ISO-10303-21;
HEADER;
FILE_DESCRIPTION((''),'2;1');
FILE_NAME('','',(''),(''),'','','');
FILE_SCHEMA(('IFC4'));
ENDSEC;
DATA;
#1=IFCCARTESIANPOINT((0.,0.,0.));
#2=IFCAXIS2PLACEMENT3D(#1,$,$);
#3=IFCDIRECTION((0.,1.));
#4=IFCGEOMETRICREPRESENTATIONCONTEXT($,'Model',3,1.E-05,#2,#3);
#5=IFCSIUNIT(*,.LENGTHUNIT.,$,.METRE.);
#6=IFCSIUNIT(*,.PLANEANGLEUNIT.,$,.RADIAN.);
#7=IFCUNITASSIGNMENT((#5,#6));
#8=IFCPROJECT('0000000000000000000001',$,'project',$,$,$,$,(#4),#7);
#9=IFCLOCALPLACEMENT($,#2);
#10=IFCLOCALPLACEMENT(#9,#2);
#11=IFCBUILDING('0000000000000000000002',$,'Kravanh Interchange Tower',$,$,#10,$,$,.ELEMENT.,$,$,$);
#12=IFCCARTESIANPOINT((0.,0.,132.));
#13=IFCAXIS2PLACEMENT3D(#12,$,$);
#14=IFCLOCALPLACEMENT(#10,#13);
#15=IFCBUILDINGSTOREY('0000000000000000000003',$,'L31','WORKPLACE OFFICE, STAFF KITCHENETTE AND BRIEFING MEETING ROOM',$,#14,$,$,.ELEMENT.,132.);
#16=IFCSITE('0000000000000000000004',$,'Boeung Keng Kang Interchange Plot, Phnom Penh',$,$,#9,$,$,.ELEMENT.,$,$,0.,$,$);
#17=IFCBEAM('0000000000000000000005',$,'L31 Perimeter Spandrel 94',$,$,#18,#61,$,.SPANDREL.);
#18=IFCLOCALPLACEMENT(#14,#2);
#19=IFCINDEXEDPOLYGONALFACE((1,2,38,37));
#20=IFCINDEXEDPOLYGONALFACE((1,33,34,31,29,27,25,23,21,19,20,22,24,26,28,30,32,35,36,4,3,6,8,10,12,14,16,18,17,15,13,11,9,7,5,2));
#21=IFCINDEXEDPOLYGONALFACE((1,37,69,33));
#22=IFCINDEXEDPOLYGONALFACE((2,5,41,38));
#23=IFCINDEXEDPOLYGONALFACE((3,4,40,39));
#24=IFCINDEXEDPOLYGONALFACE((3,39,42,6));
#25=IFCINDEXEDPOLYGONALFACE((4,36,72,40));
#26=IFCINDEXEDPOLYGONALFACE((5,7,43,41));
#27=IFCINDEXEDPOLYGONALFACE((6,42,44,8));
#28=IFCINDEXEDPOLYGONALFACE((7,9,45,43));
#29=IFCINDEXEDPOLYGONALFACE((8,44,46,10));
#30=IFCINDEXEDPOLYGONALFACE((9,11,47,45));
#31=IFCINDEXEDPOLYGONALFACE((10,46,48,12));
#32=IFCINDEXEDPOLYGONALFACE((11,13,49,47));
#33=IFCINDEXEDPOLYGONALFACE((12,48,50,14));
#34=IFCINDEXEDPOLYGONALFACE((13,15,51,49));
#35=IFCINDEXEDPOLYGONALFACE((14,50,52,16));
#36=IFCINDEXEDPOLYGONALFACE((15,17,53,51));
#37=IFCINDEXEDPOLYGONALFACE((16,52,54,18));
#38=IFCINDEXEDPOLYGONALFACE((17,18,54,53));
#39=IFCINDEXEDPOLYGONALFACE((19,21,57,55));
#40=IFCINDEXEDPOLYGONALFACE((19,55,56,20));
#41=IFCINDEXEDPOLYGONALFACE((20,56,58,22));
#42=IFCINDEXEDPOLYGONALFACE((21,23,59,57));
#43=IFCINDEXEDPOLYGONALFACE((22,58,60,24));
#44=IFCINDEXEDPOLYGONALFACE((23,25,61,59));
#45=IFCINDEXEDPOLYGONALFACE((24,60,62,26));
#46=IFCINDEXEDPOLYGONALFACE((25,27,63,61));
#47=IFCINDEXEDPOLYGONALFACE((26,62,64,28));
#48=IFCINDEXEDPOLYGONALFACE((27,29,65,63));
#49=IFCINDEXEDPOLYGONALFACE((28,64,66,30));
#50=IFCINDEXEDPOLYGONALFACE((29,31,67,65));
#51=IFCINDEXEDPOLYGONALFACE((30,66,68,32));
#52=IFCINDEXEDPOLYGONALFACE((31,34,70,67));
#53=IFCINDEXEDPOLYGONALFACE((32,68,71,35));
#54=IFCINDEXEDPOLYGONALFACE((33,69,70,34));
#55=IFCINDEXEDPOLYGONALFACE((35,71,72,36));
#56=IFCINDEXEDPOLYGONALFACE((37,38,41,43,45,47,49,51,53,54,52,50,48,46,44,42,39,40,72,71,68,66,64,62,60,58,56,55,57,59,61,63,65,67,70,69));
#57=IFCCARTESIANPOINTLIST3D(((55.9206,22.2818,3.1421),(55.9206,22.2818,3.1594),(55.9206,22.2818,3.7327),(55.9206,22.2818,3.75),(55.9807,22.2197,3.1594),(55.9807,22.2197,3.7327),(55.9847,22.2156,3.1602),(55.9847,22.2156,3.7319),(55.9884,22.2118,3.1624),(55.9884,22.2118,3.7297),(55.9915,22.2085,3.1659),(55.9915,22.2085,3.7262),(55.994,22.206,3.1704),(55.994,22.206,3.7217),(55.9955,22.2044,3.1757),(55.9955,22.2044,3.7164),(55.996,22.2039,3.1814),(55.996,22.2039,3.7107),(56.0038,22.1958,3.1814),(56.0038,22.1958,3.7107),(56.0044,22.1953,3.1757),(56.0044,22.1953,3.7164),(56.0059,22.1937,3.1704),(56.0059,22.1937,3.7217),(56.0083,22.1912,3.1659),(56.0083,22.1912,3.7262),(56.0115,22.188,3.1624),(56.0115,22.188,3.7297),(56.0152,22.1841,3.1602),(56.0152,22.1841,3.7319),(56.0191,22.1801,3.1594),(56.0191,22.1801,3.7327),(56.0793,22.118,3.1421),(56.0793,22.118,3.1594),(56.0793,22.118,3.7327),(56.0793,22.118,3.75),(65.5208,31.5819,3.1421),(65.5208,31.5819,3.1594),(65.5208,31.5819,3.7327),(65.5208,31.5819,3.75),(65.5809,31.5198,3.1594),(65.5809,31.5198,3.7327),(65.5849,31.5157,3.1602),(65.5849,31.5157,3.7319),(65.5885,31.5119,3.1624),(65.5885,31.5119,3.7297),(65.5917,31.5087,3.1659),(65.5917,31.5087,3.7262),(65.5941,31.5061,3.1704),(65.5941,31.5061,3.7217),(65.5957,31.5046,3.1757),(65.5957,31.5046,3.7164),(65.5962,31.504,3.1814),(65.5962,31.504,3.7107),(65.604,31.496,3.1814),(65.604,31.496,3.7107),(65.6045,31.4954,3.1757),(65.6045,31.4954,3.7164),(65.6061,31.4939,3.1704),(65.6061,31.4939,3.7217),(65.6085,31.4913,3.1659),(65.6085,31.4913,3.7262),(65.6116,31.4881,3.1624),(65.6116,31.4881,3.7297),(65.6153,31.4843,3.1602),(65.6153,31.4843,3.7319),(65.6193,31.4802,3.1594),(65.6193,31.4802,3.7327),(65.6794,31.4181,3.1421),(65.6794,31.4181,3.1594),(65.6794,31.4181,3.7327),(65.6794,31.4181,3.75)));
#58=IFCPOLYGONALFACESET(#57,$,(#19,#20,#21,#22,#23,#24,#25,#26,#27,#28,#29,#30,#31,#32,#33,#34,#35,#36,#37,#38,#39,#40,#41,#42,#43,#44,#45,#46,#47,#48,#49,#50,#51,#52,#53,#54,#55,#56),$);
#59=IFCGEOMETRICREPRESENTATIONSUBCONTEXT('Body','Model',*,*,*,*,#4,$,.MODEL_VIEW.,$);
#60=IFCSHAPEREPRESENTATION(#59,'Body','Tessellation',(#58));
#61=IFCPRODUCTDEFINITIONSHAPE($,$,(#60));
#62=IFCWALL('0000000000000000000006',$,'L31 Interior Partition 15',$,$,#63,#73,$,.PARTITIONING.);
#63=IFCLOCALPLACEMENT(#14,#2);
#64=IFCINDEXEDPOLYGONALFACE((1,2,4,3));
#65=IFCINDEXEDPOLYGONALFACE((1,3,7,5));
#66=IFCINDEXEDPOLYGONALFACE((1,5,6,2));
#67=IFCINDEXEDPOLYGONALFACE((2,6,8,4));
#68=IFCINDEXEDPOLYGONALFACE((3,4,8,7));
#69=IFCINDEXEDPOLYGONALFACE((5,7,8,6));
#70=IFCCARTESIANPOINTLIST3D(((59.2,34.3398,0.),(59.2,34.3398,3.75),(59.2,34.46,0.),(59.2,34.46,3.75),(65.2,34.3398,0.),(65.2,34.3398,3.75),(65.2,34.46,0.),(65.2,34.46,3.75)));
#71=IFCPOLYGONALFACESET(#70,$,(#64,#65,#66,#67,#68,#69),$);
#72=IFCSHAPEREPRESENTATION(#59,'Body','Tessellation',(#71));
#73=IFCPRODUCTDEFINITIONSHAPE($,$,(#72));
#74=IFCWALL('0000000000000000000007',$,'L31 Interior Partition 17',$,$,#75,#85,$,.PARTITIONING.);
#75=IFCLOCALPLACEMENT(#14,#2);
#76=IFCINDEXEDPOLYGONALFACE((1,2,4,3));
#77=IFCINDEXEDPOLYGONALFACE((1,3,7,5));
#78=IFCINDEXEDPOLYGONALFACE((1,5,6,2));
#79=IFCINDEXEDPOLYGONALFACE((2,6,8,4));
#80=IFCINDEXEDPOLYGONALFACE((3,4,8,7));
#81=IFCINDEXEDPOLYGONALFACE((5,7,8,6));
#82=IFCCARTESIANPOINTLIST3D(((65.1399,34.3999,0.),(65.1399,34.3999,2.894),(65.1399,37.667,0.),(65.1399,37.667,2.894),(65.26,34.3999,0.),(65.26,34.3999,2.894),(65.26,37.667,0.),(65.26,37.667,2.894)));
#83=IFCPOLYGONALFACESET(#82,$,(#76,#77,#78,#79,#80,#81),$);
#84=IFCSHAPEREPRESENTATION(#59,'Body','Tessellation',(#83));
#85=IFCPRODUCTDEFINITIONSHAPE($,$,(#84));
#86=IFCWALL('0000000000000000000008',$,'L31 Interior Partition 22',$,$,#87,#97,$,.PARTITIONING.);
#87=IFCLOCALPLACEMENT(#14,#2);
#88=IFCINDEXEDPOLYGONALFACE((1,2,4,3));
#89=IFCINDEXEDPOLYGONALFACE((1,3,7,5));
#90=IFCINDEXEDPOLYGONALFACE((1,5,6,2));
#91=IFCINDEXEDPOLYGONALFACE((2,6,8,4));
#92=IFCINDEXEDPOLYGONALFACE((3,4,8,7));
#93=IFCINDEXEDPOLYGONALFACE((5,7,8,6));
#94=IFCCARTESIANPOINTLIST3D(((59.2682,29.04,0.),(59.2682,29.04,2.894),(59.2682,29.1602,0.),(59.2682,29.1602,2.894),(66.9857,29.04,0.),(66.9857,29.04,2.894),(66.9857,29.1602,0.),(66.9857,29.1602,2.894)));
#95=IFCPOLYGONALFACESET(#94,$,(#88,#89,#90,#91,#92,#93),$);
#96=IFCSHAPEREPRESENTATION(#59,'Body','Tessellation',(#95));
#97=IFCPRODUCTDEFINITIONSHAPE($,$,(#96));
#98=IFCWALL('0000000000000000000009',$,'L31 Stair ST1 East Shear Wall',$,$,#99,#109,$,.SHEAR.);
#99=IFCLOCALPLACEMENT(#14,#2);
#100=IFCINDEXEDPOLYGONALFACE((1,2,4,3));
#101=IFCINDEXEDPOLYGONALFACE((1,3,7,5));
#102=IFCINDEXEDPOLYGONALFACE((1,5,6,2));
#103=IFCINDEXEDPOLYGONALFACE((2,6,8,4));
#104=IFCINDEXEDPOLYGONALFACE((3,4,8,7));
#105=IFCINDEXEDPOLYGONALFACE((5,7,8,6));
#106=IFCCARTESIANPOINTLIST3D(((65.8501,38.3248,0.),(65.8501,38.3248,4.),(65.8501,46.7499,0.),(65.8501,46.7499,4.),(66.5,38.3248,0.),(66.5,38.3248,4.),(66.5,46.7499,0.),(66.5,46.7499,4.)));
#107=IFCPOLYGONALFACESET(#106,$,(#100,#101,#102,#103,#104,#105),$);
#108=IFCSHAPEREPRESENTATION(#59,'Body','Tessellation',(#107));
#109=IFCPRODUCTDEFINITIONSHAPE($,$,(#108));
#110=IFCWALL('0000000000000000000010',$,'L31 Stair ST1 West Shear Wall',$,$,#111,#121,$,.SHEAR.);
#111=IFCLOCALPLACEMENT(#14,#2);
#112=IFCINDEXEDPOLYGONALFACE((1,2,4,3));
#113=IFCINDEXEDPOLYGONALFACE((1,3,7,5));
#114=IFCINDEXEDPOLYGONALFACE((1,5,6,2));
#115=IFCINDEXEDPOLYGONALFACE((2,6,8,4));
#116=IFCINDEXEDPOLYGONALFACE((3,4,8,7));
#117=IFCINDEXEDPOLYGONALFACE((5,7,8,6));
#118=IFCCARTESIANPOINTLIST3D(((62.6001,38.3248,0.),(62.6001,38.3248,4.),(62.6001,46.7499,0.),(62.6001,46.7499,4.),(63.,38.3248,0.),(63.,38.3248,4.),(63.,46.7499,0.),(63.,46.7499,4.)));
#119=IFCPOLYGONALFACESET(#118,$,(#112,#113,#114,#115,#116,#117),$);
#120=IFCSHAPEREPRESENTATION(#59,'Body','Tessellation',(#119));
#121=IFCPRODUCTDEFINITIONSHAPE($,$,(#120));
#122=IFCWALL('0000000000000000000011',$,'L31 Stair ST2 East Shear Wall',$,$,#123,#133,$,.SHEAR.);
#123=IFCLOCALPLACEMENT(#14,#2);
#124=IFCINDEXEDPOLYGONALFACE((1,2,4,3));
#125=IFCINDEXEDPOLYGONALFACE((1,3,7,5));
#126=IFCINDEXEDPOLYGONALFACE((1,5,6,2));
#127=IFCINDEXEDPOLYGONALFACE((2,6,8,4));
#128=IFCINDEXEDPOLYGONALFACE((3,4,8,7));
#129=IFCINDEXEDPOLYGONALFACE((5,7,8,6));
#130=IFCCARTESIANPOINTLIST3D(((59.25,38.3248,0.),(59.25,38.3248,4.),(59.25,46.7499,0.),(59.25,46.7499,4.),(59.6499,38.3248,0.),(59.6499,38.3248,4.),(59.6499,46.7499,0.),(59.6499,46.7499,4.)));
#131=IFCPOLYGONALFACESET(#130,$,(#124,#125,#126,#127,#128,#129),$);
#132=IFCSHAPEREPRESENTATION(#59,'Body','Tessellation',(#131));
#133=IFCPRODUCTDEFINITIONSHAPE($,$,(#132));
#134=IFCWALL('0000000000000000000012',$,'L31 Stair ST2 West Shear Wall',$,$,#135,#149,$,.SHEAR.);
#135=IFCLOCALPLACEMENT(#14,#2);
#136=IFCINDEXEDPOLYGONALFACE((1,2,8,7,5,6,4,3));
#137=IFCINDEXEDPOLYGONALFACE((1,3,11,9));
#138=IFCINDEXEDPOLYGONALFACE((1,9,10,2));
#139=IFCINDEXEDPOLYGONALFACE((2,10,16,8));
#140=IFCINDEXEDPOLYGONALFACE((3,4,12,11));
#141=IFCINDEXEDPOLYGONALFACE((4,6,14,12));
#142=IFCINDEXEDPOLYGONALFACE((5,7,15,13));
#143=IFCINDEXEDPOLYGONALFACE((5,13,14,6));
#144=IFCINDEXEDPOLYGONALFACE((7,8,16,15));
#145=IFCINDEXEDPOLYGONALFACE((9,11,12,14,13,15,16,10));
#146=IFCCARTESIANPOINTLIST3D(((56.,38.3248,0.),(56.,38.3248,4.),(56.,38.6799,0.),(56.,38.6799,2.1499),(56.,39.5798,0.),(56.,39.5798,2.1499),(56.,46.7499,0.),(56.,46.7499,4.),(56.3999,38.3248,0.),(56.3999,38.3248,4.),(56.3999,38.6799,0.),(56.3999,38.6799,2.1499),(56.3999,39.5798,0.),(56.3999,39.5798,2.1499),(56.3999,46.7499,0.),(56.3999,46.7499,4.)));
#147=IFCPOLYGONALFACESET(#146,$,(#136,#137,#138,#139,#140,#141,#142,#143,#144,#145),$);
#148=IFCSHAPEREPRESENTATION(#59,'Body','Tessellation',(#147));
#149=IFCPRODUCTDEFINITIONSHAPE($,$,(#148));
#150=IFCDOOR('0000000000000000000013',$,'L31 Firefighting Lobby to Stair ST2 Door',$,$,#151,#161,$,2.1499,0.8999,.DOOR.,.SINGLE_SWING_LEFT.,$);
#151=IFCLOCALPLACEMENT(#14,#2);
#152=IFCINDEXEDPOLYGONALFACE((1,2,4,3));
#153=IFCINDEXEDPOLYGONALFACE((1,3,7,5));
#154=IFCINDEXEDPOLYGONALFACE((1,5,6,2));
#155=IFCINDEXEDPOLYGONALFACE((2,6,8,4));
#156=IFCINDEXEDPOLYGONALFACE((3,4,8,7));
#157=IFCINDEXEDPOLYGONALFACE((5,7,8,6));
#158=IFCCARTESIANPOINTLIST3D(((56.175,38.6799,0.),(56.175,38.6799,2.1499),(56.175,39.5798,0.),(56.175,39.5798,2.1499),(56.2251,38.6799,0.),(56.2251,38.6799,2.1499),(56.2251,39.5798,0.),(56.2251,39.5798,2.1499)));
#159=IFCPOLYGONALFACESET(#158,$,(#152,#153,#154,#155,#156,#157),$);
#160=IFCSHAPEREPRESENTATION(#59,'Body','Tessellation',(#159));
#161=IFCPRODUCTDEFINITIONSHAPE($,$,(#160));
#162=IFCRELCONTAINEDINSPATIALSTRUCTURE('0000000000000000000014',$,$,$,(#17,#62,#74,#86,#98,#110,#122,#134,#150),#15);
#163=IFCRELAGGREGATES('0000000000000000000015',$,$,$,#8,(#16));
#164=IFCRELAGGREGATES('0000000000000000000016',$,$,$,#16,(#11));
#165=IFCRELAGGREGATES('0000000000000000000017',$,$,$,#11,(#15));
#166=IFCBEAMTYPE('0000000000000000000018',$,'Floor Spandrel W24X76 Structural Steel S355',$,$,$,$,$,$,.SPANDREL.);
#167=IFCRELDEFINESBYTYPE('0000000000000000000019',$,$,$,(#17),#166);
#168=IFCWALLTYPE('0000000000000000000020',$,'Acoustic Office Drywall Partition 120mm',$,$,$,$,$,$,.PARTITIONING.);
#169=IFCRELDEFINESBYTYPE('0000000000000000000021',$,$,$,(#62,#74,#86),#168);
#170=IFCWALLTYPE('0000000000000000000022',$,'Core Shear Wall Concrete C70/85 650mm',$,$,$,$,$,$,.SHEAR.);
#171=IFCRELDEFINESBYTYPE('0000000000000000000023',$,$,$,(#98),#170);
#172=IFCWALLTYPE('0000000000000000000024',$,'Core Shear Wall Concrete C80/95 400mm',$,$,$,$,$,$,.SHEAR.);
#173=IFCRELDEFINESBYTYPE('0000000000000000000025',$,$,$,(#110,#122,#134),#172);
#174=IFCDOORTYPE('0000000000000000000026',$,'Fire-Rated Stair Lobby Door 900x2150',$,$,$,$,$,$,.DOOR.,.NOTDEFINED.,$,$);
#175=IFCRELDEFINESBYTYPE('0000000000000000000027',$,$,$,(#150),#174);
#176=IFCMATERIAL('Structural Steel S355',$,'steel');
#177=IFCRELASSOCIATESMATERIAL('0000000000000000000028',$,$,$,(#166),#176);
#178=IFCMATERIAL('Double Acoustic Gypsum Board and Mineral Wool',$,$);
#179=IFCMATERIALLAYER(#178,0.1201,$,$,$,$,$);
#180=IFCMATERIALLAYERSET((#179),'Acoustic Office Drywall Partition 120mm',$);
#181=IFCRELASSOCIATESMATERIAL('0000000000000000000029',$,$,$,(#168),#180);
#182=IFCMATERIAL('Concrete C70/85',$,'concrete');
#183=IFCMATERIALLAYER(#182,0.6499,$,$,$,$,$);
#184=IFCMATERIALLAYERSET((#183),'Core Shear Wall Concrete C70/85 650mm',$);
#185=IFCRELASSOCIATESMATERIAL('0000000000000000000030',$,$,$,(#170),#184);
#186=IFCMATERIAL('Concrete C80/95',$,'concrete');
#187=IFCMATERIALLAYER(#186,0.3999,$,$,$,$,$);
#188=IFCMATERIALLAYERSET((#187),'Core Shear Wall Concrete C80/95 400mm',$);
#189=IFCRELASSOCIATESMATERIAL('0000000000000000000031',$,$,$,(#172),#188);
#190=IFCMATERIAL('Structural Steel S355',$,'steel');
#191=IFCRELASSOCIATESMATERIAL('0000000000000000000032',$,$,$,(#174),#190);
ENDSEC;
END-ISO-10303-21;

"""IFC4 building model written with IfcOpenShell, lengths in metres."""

from ifc_helpers import new_model, si_unit, direction, frame, frame_2d, origin, origin_2d, place, context, subcontext, project, spatial, rectangle, i_section, extrude, material, layer, layer_set, material_profile, profile_set, type_object, element, fill, save


model = new_model("IFC4")

# Units and contexts
model_context = context("Model", 3, precision=1e-05, world=origin(), true_north=direction((0.0, 1.0)))
body_context = subcontext(model_context, "Body", "Model", "MODEL_VIEW")
ifc_project = project(units=[si_unit("LENGTHUNIT", "METRE"), si_unit("PLANEANGLEUNIT", "RADIAN")], contexts=[model_context])

# Site, building, storey
site_placement = place(None, origin())
site = spatial("IfcSite", under=ifc_project, at=site_placement, Name="Boeung Keng Kang Interchange Plot, Phnom Penh", CompositionType="ELEMENT", RefElevation=0.0)
building_placement = place(site_placement, origin())
building = spatial("IfcBuilding", under=site, at=building_placement, Name="Kravanh Interchange Tower", CompositionType="ELEMENT")
storey_placement = place(building_placement, frame((0.0, 0.0, 132.0)))
storey = spatial("IfcBuildingStorey", under=building, at=storey_placement, Name="L31", Description="WORKPLACE OFFICE, STAFF KITCHENETTE AND BRIEFING MEETING ROOM", CompositionType="ELEMENT", Elevation=132.0)

# Beam
ifc_material_1 = material(Name="Structural Steel S355", Category="steel")
ifc_material_profile_1 = material_profile(ifc_material_1, i_section(OverallWidth=0.228, OverallDepth=0.6079, WebThickness=0.0112, FlangeThickness=0.0173, FilletRadius=0.022, at=origin_2d()), Name="W24X76")
ifc_profile_set_1 = profile_set([ifc_material_profile_1], Name="Structural Steel S355")
beam_type_1 = type_object("IfcBeamType", Name="Floor Spandrel W24X76 Structural Steel S355", PredefinedType="SPANDREL", material=ifc_profile_set_1)
beam_1_placement = place(storey_placement, frame((65.6001, 31.5, 3.446), z_axis=(-0.718242, -0.695793, 0.0), x_axis=(0.695793, -0.718242, 0.0)))
element("IfcBeam", 1, at=beam_1_placement, inside=storey, type_object=beam_type_1, Name="L31 Perimeter Spandrel 94", PredefinedType="SPANDREL", context=body_context, shape_type="SweptSolid", body=[
    extrude(i_section(OverallWidth=0.228, OverallDepth=0.6079, WebThickness=0.0112, FlangeThickness=0.0173, FilletRadius=0.022, at=origin_2d()), origin(), (0.0, 0.0, 1.0), 13.3662),
])

# Walls
ifc_material_2 = material(Name="Double Acoustic Gypsum Board and Mineral Wool")
ifc_layer_1 = layer(ifc_material_2, 0.1201)
ifc_layer_set_1 = layer_set([ifc_layer_1], Name="Acoustic Office Drywall Partition 120mm")
wall_type_1 = type_object("IfcWallType", Name="Acoustic Office Drywall Partition 120mm", PredefinedType="PARTITIONING", material=ifc_layer_set_1)
wall_1_placement = place(storey_placement, frame((59.2, 34.3999, 0.0), z_axis=(0.0, 0.0, 1.0), x_axis=(1.0, 0.0, 0.0)))
element("IfcWall", 2, at=wall_1_placement, inside=storey, type_object=wall_type_1, Name="L31 Interior Partition 15", PredefinedType="PARTITIONING", context=body_context, shape_type="SweptSolid", body=[
    extrude(rectangle(XDim=6.0, YDim=0.1201, at=frame_2d((3.0, 0.0))), origin(), (0.0, 0.0, 1.0), 3.75),
])
wall_2_placement = place(storey_placement, frame((65.2, 34.3999, 0.0), z_axis=(0.0, 0.0, 1.0), x_axis=(0.0, 1.0, 0.0)))
element("IfcWall", 3, at=wall_2_placement, inside=storey, type_object=wall_type_1, Name="L31 Interior Partition 17", PredefinedType="PARTITIONING", context=body_context, shape_type="SweptSolid", body=[
    extrude(rectangle(XDim=3.2671, YDim=0.1201, at=frame_2d((1.6335, 0.0))), origin(), (0.0, 0.0, 1.0), 2.894),
])
wall_3_placement = place(storey_placement, frame((59.2681, 29.1001, 0.0), z_axis=(0.0, 0.0, 1.0), x_axis=(1.0, 0.0, 0.0)))
element("IfcWall", 4, at=wall_3_placement, inside=storey, type_object=wall_type_1, Name="L31 Interior Partition 22", PredefinedType="PARTITIONING", context=body_context, shape_type="SweptSolid", body=[
    extrude(rectangle(XDim=7.7175, YDim=0.1201, at=frame_2d((3.8589, 0.0))), origin(), (0.0, 0.0, 1.0), 2.894),
])
ifc_material_3 = material(Name="Concrete C70/85", Category="concrete")
ifc_layer_2 = layer(ifc_material_3, 0.6499)
ifc_layer_set_2 = layer_set([ifc_layer_2], Name="Core Shear Wall Concrete C70/85 650mm")
wall_type_2 = type_object("IfcWallType", Name="Core Shear Wall Concrete C70/85 650mm", PredefinedType="SHEAR", material=ifc_layer_set_2)
wall_4_placement = place(storey_placement, frame((66.175, 38.325, 0.0), z_axis=(0.0, 0.0, 1.0), x_axis=(0.0, 1.0, 0.0)))
element("IfcWall", 5, at=wall_4_placement, inside=storey, type_object=wall_type_2, Name="L31 Stair ST1 East Shear Wall", PredefinedType="SHEAR", context=body_context, shape_type="SweptSolid", body=[
    extrude(rectangle(XDim=8.425, YDim=0.6499, at=frame_2d((4.2124, 0.0))), origin(), (0.0, 0.0, 1.0), 4.0),
])
ifc_material_4 = material(Name="Concrete C80/95", Category="concrete")
ifc_layer_3 = layer(ifc_material_4, 0.3999)
ifc_layer_set_3 = layer_set([ifc_layer_3], Name="Core Shear Wall Concrete C80/95 400mm")
wall_type_3 = type_object("IfcWallType", Name="Core Shear Wall Concrete C80/95 400mm", PredefinedType="SHEAR", material=ifc_layer_set_3)
for number, where, z_axis, x_axis, name in (
    (6, (62.8, 38.325, 0.0), (0.0, 0.0, 1.0), (0.0, 1.0, 0.0), "L31 Stair ST1 West Shear Wall"),
    (7, (59.45, 38.325, 0.0), (0.0, 0.0, 1.0), (0.0, 1.0, 0.0), "L31 Stair ST2 East Shear Wall"),
):
    element("IfcWall", number, at=place(storey_placement, frame(where, z_axis=z_axis, x_axis=x_axis)), inside=storey, type_object=wall_type_3, Name=name, PredefinedType="SHEAR", context=body_context, shape_type="SweptSolid", body=[
        extrude(rectangle(XDim=8.425, YDim=0.3999, at=frame_2d((4.2124, 0.0))), origin(), (0.0, 0.0, 1.0), 4.0),
    ])

# Wall, opening, door
wall_5_placement = place(storey_placement, frame((56.2, 38.325, 0.0), z_axis=(0.0, 0.0, 1.0), x_axis=(0.0, 1.0, 0.0)))
wall_5 = element("IfcWall", 8, at=wall_5_placement, inside=storey, type_object=wall_type_3, Name="L31 Stair ST2 West Shear Wall", PredefinedType="SHEAR", context=body_context, shape_type="SweptSolid", body=[
    extrude(rectangle(XDim=8.425, YDim=0.3999, at=frame_2d((4.2124, 0.0))), origin(), (0.0, 0.0, 1.0), 4.0),
])
opening_1_placement = place(wall_5_placement, frame((0.355, 0.0, 0.0)))
opening_1 = element("IfcOpeningElement", 9, at=opening_1_placement, cuts=wall_5, PredefinedType="OPENING", context=body_context, shape_type="SweptSolid", body=[
    extrude(rectangle(XDim=0.8999, YDim=2.1499, at=frame_2d((0.45, 1.075))), frame((0.0, 0.21, 0.0), z_axis=(0.0, -1.0, 0.0), x_axis=(1.0, 0.0, 0.0)), (0.0, 0.0, 1.0), 0.4199),
])
ifc_material_5 = material(Name="Structural Steel S355", Category="steel")
door_type_1 = type_object("IfcDoorType", Name="Fire-Rated Stair Lobby Door 900x2150", OperationType="NOTDEFINED", PredefinedType="DOOR", material=ifc_material_5)
door_1_placement = place(opening_1_placement, origin())
door_1 = element("IfcDoor", 10, at=door_1_placement, inside=storey, type_object=door_type_1, Name="L31 Firefighting Lobby to Stair ST2 Door", OperationType="SINGLE_SWING_LEFT", OverallHeight=2.1499, OverallWidth=0.8999, PredefinedType="DOOR", context=body_context, shape_type="SweptSolid", body=[
    extrude(rectangle(XDim=0.8999, YDim=2.1499, at=frame_2d((0.45, 1.075))), frame((0.0, 0.0249, 0.0), z_axis=(0.0, -1.0, 0.0), x_axis=(1.0, 0.0, 0.0)), (0.0, 0.0, 1.0), 0.05),
])
fill(opening_1, door_1)

save(model, "model.ifc")
